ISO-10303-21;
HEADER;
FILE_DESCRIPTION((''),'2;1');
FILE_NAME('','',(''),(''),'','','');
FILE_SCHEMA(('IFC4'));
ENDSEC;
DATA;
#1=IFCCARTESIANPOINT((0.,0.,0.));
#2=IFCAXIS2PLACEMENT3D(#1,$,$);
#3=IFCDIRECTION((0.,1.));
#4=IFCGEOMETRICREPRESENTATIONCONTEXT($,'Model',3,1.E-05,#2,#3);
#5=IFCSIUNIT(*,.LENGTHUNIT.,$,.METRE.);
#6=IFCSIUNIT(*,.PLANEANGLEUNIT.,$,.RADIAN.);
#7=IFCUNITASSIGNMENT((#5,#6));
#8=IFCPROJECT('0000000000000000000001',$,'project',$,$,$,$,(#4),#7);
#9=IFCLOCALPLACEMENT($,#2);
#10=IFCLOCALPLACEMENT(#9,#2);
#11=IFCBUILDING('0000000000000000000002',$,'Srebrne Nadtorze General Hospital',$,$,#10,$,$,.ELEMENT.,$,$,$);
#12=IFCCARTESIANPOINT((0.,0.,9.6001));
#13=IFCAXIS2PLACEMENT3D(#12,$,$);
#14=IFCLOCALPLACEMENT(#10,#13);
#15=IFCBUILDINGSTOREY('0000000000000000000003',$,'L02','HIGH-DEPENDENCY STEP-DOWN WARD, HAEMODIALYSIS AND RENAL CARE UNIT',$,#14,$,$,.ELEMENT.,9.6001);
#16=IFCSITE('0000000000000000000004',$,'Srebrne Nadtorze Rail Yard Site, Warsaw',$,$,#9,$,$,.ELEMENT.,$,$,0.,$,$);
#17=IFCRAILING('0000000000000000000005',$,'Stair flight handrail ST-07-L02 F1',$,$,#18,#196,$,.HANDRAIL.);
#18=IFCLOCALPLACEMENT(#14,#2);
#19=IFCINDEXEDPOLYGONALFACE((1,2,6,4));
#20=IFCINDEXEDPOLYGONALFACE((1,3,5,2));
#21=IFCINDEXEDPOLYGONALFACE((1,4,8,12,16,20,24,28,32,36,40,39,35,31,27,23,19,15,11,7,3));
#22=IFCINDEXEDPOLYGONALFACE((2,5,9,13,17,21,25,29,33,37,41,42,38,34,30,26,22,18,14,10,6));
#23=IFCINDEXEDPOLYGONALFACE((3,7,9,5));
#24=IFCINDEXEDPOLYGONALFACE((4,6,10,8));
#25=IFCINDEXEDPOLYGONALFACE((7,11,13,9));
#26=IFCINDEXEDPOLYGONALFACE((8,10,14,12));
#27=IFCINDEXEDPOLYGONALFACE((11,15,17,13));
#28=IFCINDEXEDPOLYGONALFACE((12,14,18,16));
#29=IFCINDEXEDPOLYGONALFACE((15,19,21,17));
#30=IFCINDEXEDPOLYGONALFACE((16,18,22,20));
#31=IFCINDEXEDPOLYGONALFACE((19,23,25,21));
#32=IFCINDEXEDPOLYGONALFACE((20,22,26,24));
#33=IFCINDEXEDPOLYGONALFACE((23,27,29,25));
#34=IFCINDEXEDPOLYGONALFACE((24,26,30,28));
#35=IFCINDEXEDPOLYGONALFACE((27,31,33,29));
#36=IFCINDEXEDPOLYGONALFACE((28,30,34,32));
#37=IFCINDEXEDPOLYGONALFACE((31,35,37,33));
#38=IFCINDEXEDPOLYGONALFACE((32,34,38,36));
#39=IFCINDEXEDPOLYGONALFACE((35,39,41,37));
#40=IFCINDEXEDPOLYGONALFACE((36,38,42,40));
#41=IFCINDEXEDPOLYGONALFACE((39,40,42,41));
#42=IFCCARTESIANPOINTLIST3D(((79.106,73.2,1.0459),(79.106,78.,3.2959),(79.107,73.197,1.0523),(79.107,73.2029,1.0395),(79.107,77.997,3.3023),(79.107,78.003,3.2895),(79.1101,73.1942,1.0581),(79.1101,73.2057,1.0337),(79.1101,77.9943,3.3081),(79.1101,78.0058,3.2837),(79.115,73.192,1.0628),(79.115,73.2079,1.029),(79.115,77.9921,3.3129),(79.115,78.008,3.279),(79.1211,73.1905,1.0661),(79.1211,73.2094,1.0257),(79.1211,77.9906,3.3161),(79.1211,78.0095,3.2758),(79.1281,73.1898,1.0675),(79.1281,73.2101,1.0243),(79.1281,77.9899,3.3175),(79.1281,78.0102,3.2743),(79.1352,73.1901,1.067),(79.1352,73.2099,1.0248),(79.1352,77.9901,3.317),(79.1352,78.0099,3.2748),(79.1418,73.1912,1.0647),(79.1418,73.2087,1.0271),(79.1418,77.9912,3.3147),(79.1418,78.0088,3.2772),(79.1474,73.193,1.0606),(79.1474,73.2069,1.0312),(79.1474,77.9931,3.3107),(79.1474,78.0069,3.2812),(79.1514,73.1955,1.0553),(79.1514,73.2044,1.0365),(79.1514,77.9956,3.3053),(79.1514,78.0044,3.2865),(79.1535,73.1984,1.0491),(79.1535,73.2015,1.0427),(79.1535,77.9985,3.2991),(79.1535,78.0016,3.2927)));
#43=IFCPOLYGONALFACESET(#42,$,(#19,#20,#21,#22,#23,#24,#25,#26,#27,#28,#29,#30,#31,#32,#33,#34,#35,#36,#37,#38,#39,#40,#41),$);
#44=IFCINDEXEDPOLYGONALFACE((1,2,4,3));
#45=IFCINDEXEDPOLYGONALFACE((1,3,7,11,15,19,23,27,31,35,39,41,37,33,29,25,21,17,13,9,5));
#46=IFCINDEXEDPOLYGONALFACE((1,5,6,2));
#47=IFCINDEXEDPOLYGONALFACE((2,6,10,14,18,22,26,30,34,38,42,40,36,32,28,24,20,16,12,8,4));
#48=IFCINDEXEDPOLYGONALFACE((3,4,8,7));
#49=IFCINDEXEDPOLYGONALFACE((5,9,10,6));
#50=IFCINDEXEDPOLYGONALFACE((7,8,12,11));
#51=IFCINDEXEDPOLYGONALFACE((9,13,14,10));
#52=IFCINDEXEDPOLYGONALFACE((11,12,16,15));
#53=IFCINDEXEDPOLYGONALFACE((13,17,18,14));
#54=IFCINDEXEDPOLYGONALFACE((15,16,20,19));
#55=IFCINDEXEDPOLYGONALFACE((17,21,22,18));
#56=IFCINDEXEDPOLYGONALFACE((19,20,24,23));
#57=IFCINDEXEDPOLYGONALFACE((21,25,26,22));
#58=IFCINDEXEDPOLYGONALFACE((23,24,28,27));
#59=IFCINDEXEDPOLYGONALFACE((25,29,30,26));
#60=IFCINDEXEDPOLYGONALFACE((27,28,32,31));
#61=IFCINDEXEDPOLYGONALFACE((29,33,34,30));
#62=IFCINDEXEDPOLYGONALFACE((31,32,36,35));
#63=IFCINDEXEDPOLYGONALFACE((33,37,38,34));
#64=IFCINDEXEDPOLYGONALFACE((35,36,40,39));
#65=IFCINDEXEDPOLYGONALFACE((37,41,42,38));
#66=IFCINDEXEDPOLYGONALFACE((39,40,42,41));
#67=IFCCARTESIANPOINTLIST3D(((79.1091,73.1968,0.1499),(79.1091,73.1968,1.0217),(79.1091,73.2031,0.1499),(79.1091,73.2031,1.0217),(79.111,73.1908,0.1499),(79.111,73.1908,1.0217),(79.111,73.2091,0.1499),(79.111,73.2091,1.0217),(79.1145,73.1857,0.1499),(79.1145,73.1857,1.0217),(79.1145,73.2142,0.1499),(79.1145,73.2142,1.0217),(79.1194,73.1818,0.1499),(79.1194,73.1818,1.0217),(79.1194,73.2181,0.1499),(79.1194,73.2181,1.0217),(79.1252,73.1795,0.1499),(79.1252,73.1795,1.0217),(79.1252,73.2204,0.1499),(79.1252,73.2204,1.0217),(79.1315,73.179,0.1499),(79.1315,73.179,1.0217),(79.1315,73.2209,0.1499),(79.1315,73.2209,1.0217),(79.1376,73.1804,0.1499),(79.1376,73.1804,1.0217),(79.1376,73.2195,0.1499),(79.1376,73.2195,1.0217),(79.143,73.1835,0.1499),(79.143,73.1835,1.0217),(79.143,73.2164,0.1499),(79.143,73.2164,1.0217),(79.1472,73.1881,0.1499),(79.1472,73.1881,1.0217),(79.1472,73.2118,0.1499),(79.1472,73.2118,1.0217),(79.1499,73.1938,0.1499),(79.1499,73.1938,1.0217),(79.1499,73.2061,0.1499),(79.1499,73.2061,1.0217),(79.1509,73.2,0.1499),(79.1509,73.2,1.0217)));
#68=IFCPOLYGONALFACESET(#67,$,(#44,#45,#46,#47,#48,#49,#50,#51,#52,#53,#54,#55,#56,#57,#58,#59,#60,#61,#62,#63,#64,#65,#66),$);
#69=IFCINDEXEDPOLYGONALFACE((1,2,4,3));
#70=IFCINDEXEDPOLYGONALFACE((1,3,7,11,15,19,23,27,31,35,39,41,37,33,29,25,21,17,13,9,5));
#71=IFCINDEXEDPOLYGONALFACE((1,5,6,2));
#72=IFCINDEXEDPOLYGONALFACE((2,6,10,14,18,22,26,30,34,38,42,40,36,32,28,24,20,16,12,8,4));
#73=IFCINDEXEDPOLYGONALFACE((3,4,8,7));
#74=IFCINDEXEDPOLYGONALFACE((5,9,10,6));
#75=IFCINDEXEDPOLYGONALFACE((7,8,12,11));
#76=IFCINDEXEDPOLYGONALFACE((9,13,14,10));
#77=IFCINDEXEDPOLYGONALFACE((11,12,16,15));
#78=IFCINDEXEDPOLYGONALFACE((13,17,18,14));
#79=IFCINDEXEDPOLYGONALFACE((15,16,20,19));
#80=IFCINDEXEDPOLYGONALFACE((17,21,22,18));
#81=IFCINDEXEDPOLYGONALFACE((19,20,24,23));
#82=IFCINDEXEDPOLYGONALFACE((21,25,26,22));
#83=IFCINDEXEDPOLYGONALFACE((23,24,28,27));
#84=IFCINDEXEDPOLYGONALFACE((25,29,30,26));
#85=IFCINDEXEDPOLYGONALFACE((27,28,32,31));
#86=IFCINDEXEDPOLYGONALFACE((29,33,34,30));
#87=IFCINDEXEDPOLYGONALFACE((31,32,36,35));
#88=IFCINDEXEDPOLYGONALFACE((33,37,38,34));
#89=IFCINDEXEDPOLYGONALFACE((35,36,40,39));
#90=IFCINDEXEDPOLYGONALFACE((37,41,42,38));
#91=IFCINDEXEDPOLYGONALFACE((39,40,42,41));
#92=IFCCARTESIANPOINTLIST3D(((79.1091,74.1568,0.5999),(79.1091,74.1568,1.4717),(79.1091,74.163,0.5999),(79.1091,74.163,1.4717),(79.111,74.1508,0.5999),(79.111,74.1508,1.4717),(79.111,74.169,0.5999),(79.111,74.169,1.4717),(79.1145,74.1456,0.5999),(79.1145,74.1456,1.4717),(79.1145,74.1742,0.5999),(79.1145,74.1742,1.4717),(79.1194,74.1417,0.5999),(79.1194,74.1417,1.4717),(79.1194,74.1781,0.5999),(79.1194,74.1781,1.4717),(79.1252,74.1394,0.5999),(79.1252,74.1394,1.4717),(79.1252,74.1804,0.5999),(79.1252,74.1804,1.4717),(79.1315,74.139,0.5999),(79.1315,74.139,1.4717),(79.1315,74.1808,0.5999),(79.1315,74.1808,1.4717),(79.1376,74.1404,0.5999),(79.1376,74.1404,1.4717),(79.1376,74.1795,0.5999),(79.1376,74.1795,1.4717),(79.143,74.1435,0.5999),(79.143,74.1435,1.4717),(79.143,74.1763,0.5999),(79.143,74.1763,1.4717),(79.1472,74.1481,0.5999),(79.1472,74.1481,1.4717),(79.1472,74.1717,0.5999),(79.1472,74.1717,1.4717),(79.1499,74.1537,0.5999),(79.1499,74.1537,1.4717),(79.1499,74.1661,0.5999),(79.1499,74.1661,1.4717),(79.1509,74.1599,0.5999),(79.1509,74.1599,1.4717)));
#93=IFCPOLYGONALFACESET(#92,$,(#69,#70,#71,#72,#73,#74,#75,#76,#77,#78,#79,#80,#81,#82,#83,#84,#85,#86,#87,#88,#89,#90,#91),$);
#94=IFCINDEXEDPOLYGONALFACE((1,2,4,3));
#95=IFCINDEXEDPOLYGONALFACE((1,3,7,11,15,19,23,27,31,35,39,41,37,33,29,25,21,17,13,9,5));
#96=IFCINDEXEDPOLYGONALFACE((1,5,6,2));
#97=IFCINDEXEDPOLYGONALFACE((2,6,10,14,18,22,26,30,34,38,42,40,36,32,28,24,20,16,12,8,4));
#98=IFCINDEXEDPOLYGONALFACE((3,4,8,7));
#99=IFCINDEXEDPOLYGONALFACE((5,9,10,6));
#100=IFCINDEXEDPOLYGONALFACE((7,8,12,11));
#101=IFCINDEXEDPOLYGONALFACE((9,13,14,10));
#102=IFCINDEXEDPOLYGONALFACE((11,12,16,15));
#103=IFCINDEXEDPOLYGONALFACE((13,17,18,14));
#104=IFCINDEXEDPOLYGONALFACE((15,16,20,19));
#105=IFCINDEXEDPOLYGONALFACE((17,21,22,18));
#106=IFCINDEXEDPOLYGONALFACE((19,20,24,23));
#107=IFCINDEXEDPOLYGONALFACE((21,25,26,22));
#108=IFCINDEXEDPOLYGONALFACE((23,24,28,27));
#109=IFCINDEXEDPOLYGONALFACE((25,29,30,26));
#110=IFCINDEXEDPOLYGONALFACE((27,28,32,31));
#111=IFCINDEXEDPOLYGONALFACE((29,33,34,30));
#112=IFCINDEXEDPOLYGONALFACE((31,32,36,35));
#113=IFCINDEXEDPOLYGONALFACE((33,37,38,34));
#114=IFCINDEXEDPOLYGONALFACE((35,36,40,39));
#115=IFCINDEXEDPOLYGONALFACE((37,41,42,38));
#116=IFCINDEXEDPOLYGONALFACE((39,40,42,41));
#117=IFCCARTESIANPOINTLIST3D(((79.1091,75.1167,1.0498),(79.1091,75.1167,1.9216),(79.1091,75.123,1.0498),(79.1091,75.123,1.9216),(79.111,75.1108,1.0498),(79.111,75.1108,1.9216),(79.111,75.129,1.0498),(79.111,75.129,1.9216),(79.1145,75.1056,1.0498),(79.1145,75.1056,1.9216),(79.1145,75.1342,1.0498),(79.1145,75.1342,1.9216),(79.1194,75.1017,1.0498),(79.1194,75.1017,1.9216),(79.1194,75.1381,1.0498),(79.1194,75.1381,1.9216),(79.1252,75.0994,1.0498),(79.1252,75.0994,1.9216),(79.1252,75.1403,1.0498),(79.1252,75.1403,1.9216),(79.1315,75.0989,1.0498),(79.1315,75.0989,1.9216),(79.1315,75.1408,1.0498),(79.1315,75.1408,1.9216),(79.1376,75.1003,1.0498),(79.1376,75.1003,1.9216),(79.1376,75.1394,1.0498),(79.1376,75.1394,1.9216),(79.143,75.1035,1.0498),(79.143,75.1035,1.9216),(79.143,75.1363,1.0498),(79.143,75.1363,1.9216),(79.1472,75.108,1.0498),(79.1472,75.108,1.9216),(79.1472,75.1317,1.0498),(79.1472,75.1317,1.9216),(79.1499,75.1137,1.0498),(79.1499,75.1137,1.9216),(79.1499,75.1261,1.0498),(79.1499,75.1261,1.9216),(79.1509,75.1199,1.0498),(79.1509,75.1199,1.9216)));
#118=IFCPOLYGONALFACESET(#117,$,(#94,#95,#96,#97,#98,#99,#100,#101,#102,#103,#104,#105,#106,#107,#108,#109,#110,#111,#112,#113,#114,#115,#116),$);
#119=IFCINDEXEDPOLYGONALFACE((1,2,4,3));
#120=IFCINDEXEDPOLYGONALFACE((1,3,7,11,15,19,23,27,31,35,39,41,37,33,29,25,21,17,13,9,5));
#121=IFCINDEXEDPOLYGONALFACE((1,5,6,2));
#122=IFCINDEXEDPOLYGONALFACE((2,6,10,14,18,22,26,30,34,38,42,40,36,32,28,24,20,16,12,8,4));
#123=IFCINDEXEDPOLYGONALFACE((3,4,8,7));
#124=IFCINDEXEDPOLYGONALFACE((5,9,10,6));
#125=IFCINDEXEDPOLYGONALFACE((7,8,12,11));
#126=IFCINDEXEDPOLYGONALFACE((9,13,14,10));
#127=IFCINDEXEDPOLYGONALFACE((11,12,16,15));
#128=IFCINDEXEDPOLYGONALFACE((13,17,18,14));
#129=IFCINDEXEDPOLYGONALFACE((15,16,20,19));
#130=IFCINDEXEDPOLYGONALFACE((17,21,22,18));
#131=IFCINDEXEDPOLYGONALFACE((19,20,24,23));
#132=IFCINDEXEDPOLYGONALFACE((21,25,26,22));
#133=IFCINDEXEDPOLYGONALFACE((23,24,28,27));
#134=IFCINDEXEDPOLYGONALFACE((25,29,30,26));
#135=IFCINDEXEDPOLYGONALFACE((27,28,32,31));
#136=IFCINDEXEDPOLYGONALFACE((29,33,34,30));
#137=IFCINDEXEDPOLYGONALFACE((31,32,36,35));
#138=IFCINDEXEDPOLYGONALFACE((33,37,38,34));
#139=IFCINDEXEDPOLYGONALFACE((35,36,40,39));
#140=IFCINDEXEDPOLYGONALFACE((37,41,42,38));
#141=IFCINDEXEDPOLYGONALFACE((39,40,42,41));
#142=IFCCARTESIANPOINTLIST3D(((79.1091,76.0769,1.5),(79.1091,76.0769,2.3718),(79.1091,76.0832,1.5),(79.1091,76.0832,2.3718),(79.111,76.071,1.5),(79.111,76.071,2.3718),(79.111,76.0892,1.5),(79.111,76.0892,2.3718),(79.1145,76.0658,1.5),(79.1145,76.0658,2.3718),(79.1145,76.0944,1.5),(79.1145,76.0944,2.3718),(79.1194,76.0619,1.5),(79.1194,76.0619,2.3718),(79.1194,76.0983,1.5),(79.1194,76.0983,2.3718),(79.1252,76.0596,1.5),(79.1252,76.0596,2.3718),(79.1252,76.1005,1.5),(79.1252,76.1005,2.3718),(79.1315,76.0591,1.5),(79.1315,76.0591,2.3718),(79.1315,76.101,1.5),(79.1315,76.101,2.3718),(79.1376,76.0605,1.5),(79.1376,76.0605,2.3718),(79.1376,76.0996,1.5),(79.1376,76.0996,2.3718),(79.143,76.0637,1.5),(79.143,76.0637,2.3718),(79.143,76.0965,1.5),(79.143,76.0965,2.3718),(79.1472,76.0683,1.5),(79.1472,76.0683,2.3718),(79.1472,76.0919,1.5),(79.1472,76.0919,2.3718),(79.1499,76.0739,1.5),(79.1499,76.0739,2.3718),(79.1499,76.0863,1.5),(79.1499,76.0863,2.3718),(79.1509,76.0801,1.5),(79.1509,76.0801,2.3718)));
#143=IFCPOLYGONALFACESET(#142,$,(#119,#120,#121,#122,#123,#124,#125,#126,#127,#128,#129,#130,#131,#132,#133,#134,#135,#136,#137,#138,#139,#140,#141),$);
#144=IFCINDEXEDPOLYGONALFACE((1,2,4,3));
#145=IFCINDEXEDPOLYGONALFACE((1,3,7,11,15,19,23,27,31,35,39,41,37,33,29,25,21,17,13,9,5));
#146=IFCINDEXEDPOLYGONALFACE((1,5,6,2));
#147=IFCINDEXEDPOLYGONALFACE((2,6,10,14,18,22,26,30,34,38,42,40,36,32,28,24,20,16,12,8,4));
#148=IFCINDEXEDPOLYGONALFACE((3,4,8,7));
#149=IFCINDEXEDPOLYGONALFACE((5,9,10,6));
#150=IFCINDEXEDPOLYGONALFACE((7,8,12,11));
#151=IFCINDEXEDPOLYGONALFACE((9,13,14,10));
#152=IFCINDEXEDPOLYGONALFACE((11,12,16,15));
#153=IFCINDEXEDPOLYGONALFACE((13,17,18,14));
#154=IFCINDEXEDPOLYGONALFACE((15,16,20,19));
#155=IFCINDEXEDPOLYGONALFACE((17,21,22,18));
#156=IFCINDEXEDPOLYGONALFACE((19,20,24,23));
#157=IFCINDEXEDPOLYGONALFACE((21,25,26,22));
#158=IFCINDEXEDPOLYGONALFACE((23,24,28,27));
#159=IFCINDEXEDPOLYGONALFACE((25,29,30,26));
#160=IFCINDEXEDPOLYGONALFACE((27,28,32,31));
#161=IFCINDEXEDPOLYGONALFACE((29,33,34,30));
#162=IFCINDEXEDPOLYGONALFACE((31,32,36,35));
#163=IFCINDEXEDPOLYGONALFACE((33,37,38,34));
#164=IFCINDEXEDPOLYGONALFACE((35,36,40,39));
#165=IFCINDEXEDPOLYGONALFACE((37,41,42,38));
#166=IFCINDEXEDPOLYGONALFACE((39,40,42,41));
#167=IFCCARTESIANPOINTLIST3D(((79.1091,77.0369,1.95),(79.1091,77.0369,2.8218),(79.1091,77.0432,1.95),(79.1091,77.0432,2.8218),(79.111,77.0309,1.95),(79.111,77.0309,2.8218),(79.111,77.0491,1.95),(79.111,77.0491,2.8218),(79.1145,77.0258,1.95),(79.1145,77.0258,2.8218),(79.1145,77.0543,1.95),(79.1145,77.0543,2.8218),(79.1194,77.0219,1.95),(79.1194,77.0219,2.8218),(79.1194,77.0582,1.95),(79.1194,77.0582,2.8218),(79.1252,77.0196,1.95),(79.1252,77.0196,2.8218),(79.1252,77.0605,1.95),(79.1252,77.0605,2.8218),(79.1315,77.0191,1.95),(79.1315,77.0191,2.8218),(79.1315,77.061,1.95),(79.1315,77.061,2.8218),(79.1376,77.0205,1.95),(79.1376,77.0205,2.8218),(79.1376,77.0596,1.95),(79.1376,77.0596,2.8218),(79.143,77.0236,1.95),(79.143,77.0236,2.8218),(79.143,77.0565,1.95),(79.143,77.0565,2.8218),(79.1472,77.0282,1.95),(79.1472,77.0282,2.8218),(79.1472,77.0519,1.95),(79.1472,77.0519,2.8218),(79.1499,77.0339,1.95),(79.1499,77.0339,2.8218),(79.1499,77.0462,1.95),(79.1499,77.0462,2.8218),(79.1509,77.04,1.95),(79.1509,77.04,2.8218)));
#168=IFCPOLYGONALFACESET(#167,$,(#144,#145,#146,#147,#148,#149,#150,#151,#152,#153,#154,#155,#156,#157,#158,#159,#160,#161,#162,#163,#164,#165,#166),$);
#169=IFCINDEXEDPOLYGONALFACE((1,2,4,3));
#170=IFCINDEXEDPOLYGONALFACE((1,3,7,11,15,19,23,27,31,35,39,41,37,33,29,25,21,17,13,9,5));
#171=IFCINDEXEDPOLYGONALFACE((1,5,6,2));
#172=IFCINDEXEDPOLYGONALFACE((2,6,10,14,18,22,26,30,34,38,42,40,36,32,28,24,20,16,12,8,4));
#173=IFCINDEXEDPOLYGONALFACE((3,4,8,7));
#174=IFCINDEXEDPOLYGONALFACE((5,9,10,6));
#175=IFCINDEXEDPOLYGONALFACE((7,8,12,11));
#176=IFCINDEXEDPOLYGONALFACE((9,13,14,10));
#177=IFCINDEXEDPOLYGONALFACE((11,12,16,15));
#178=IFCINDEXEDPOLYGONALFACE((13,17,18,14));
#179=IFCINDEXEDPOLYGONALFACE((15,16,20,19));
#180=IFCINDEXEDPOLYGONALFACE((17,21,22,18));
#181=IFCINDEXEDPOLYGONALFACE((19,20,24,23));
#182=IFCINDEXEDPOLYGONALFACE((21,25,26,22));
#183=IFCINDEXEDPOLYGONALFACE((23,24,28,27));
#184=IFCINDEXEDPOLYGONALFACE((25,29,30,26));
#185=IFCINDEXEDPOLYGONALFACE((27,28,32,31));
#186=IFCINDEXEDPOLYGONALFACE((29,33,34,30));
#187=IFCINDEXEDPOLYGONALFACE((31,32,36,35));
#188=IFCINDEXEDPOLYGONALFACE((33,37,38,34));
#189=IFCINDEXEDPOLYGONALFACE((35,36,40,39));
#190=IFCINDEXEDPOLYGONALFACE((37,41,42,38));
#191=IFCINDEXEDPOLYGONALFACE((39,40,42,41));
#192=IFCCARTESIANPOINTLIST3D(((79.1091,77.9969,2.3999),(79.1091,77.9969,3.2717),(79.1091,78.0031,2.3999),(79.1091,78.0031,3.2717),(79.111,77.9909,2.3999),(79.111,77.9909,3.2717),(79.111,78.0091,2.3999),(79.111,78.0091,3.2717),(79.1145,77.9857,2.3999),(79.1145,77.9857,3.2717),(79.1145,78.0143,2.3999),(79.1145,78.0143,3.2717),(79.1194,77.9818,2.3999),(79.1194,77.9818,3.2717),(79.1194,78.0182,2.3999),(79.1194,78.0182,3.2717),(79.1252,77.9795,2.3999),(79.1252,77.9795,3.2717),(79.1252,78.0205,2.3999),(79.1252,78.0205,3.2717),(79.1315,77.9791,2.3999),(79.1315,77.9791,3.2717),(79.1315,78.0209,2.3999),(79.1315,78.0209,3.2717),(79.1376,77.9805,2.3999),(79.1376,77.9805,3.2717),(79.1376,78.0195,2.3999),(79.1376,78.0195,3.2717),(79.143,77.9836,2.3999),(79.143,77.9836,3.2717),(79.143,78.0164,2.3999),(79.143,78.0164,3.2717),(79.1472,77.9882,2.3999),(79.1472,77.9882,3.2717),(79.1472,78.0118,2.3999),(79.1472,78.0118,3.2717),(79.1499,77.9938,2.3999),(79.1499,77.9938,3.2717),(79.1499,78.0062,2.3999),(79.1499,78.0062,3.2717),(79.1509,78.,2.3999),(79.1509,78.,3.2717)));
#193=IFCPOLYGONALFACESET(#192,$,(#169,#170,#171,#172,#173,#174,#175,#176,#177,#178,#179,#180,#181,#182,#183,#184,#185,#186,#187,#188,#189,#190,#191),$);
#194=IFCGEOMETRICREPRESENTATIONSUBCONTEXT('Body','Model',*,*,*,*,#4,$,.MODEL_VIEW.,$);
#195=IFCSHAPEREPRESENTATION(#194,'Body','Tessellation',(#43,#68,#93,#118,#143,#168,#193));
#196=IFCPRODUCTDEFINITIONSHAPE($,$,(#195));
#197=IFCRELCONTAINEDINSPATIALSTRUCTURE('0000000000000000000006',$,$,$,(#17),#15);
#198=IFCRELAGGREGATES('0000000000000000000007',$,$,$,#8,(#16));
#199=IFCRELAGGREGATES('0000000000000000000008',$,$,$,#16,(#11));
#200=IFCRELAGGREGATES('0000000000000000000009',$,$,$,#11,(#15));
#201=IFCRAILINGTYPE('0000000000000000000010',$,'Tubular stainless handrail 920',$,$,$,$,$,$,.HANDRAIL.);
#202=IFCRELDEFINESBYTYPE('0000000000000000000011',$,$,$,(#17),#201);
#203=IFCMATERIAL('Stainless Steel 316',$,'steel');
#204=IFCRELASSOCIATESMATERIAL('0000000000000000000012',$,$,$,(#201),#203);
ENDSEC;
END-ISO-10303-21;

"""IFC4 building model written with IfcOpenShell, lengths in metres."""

from ifc_helpers import new_model, si_unit, direction, frame, origin, origin_2d, place, context, subcontext, project, spatial, circle, extrude, material, type_object, element, save


model = new_model("IFC4")

# Units and contexts
model_context = context("Model", 3, precision=1e-05, world=origin(), true_north=direction((0.0, 1.0)))
body_context = subcontext(model_context, "Body", "Model", "MODEL_VIEW")
ifc_project = project(units=[si_unit("LENGTHUNIT", "METRE"), si_unit("PLANEANGLEUNIT", "RADIAN")], contexts=[model_context])

# Site, building, storey
site_placement = place(None, origin())
site = spatial("IfcSite", under=ifc_project, at=site_placement, Name="Srebrne Nadtorze Rail Yard Site, Warsaw", CompositionType="ELEMENT", RefElevation=0.0)
building_placement = place(site_placement, origin())
building = spatial("IfcBuilding", under=site, at=building_placement, Name="Srebrne Nadtorze General Hospital", CompositionType="ELEMENT")
storey_placement = place(building_placement, frame((0.0, 0.0, 9.6001)))
storey = spatial("IfcBuildingStorey", under=building, at=storey_placement, Name="L02", Description="HIGH-DEPENDENCY STEP-DOWN WARD, HAEMODIALYSIS AND RENAL CARE UNIT", CompositionType="ELEMENT", Elevation=9.6001)

# Railing
ifc_material_1 = material(Name="Stainless Steel 316", Category="steel")
railing_type = type_object("IfcRailingType", Name="Tubular stainless handrail 920", PredefinedType="HANDRAIL", material=ifc_material_1)
railing_placement = place(storey_placement, frame((79.1299, 73.2, 0.1499)))
element("IfcRailing", 1, at=railing_placement, inside=storey, type_object=railing_type, Name="Stair flight handrail ST-07-L02 F1", PredefinedType="HANDRAIL", context=body_context, shape_type="SweptSolid", body=[
    extrude(circle(Radius=0.0239, at=origin_2d()), frame((0.0, 0.0, 0.896), z_axis=(0.0, 0.905461, 0.42443), x_axis=(-1.0, 0.0, 0.0)), (0.0, 0.0, 1.0), 5.3013),
    extrude(circle(Radius=0.021, at=origin_2d()), origin(), (0.0, 0.0, 1.0), 0.8718),
    extrude(circle(Radius=0.021, at=origin_2d()), frame((0.0, 0.96, 0.45)), (0.0, 0.0, 1.0), 0.8718),
    extrude(circle(Radius=0.021, at=origin_2d()), frame((0.0, 1.9199, 0.8999)), (0.0, 0.0, 1.0), 0.8718),
    extrude(circle(Radius=0.021, at=origin_2d()), frame((0.0, 2.8801, 1.3501)), (0.0, 0.0, 1.0), 0.8718),
    extrude(circle(Radius=0.021, at=origin_2d()), frame((0.0, 3.8401, 1.8)), (0.0, 0.0, 1.0), 0.8718),
    extrude(circle(Radius=0.021, at=origin_2d()), frame((0.0, 4.8, 2.25)), (0.0, 0.0, 1.0), 0.8718),
])

save(model, "model.ifc")
